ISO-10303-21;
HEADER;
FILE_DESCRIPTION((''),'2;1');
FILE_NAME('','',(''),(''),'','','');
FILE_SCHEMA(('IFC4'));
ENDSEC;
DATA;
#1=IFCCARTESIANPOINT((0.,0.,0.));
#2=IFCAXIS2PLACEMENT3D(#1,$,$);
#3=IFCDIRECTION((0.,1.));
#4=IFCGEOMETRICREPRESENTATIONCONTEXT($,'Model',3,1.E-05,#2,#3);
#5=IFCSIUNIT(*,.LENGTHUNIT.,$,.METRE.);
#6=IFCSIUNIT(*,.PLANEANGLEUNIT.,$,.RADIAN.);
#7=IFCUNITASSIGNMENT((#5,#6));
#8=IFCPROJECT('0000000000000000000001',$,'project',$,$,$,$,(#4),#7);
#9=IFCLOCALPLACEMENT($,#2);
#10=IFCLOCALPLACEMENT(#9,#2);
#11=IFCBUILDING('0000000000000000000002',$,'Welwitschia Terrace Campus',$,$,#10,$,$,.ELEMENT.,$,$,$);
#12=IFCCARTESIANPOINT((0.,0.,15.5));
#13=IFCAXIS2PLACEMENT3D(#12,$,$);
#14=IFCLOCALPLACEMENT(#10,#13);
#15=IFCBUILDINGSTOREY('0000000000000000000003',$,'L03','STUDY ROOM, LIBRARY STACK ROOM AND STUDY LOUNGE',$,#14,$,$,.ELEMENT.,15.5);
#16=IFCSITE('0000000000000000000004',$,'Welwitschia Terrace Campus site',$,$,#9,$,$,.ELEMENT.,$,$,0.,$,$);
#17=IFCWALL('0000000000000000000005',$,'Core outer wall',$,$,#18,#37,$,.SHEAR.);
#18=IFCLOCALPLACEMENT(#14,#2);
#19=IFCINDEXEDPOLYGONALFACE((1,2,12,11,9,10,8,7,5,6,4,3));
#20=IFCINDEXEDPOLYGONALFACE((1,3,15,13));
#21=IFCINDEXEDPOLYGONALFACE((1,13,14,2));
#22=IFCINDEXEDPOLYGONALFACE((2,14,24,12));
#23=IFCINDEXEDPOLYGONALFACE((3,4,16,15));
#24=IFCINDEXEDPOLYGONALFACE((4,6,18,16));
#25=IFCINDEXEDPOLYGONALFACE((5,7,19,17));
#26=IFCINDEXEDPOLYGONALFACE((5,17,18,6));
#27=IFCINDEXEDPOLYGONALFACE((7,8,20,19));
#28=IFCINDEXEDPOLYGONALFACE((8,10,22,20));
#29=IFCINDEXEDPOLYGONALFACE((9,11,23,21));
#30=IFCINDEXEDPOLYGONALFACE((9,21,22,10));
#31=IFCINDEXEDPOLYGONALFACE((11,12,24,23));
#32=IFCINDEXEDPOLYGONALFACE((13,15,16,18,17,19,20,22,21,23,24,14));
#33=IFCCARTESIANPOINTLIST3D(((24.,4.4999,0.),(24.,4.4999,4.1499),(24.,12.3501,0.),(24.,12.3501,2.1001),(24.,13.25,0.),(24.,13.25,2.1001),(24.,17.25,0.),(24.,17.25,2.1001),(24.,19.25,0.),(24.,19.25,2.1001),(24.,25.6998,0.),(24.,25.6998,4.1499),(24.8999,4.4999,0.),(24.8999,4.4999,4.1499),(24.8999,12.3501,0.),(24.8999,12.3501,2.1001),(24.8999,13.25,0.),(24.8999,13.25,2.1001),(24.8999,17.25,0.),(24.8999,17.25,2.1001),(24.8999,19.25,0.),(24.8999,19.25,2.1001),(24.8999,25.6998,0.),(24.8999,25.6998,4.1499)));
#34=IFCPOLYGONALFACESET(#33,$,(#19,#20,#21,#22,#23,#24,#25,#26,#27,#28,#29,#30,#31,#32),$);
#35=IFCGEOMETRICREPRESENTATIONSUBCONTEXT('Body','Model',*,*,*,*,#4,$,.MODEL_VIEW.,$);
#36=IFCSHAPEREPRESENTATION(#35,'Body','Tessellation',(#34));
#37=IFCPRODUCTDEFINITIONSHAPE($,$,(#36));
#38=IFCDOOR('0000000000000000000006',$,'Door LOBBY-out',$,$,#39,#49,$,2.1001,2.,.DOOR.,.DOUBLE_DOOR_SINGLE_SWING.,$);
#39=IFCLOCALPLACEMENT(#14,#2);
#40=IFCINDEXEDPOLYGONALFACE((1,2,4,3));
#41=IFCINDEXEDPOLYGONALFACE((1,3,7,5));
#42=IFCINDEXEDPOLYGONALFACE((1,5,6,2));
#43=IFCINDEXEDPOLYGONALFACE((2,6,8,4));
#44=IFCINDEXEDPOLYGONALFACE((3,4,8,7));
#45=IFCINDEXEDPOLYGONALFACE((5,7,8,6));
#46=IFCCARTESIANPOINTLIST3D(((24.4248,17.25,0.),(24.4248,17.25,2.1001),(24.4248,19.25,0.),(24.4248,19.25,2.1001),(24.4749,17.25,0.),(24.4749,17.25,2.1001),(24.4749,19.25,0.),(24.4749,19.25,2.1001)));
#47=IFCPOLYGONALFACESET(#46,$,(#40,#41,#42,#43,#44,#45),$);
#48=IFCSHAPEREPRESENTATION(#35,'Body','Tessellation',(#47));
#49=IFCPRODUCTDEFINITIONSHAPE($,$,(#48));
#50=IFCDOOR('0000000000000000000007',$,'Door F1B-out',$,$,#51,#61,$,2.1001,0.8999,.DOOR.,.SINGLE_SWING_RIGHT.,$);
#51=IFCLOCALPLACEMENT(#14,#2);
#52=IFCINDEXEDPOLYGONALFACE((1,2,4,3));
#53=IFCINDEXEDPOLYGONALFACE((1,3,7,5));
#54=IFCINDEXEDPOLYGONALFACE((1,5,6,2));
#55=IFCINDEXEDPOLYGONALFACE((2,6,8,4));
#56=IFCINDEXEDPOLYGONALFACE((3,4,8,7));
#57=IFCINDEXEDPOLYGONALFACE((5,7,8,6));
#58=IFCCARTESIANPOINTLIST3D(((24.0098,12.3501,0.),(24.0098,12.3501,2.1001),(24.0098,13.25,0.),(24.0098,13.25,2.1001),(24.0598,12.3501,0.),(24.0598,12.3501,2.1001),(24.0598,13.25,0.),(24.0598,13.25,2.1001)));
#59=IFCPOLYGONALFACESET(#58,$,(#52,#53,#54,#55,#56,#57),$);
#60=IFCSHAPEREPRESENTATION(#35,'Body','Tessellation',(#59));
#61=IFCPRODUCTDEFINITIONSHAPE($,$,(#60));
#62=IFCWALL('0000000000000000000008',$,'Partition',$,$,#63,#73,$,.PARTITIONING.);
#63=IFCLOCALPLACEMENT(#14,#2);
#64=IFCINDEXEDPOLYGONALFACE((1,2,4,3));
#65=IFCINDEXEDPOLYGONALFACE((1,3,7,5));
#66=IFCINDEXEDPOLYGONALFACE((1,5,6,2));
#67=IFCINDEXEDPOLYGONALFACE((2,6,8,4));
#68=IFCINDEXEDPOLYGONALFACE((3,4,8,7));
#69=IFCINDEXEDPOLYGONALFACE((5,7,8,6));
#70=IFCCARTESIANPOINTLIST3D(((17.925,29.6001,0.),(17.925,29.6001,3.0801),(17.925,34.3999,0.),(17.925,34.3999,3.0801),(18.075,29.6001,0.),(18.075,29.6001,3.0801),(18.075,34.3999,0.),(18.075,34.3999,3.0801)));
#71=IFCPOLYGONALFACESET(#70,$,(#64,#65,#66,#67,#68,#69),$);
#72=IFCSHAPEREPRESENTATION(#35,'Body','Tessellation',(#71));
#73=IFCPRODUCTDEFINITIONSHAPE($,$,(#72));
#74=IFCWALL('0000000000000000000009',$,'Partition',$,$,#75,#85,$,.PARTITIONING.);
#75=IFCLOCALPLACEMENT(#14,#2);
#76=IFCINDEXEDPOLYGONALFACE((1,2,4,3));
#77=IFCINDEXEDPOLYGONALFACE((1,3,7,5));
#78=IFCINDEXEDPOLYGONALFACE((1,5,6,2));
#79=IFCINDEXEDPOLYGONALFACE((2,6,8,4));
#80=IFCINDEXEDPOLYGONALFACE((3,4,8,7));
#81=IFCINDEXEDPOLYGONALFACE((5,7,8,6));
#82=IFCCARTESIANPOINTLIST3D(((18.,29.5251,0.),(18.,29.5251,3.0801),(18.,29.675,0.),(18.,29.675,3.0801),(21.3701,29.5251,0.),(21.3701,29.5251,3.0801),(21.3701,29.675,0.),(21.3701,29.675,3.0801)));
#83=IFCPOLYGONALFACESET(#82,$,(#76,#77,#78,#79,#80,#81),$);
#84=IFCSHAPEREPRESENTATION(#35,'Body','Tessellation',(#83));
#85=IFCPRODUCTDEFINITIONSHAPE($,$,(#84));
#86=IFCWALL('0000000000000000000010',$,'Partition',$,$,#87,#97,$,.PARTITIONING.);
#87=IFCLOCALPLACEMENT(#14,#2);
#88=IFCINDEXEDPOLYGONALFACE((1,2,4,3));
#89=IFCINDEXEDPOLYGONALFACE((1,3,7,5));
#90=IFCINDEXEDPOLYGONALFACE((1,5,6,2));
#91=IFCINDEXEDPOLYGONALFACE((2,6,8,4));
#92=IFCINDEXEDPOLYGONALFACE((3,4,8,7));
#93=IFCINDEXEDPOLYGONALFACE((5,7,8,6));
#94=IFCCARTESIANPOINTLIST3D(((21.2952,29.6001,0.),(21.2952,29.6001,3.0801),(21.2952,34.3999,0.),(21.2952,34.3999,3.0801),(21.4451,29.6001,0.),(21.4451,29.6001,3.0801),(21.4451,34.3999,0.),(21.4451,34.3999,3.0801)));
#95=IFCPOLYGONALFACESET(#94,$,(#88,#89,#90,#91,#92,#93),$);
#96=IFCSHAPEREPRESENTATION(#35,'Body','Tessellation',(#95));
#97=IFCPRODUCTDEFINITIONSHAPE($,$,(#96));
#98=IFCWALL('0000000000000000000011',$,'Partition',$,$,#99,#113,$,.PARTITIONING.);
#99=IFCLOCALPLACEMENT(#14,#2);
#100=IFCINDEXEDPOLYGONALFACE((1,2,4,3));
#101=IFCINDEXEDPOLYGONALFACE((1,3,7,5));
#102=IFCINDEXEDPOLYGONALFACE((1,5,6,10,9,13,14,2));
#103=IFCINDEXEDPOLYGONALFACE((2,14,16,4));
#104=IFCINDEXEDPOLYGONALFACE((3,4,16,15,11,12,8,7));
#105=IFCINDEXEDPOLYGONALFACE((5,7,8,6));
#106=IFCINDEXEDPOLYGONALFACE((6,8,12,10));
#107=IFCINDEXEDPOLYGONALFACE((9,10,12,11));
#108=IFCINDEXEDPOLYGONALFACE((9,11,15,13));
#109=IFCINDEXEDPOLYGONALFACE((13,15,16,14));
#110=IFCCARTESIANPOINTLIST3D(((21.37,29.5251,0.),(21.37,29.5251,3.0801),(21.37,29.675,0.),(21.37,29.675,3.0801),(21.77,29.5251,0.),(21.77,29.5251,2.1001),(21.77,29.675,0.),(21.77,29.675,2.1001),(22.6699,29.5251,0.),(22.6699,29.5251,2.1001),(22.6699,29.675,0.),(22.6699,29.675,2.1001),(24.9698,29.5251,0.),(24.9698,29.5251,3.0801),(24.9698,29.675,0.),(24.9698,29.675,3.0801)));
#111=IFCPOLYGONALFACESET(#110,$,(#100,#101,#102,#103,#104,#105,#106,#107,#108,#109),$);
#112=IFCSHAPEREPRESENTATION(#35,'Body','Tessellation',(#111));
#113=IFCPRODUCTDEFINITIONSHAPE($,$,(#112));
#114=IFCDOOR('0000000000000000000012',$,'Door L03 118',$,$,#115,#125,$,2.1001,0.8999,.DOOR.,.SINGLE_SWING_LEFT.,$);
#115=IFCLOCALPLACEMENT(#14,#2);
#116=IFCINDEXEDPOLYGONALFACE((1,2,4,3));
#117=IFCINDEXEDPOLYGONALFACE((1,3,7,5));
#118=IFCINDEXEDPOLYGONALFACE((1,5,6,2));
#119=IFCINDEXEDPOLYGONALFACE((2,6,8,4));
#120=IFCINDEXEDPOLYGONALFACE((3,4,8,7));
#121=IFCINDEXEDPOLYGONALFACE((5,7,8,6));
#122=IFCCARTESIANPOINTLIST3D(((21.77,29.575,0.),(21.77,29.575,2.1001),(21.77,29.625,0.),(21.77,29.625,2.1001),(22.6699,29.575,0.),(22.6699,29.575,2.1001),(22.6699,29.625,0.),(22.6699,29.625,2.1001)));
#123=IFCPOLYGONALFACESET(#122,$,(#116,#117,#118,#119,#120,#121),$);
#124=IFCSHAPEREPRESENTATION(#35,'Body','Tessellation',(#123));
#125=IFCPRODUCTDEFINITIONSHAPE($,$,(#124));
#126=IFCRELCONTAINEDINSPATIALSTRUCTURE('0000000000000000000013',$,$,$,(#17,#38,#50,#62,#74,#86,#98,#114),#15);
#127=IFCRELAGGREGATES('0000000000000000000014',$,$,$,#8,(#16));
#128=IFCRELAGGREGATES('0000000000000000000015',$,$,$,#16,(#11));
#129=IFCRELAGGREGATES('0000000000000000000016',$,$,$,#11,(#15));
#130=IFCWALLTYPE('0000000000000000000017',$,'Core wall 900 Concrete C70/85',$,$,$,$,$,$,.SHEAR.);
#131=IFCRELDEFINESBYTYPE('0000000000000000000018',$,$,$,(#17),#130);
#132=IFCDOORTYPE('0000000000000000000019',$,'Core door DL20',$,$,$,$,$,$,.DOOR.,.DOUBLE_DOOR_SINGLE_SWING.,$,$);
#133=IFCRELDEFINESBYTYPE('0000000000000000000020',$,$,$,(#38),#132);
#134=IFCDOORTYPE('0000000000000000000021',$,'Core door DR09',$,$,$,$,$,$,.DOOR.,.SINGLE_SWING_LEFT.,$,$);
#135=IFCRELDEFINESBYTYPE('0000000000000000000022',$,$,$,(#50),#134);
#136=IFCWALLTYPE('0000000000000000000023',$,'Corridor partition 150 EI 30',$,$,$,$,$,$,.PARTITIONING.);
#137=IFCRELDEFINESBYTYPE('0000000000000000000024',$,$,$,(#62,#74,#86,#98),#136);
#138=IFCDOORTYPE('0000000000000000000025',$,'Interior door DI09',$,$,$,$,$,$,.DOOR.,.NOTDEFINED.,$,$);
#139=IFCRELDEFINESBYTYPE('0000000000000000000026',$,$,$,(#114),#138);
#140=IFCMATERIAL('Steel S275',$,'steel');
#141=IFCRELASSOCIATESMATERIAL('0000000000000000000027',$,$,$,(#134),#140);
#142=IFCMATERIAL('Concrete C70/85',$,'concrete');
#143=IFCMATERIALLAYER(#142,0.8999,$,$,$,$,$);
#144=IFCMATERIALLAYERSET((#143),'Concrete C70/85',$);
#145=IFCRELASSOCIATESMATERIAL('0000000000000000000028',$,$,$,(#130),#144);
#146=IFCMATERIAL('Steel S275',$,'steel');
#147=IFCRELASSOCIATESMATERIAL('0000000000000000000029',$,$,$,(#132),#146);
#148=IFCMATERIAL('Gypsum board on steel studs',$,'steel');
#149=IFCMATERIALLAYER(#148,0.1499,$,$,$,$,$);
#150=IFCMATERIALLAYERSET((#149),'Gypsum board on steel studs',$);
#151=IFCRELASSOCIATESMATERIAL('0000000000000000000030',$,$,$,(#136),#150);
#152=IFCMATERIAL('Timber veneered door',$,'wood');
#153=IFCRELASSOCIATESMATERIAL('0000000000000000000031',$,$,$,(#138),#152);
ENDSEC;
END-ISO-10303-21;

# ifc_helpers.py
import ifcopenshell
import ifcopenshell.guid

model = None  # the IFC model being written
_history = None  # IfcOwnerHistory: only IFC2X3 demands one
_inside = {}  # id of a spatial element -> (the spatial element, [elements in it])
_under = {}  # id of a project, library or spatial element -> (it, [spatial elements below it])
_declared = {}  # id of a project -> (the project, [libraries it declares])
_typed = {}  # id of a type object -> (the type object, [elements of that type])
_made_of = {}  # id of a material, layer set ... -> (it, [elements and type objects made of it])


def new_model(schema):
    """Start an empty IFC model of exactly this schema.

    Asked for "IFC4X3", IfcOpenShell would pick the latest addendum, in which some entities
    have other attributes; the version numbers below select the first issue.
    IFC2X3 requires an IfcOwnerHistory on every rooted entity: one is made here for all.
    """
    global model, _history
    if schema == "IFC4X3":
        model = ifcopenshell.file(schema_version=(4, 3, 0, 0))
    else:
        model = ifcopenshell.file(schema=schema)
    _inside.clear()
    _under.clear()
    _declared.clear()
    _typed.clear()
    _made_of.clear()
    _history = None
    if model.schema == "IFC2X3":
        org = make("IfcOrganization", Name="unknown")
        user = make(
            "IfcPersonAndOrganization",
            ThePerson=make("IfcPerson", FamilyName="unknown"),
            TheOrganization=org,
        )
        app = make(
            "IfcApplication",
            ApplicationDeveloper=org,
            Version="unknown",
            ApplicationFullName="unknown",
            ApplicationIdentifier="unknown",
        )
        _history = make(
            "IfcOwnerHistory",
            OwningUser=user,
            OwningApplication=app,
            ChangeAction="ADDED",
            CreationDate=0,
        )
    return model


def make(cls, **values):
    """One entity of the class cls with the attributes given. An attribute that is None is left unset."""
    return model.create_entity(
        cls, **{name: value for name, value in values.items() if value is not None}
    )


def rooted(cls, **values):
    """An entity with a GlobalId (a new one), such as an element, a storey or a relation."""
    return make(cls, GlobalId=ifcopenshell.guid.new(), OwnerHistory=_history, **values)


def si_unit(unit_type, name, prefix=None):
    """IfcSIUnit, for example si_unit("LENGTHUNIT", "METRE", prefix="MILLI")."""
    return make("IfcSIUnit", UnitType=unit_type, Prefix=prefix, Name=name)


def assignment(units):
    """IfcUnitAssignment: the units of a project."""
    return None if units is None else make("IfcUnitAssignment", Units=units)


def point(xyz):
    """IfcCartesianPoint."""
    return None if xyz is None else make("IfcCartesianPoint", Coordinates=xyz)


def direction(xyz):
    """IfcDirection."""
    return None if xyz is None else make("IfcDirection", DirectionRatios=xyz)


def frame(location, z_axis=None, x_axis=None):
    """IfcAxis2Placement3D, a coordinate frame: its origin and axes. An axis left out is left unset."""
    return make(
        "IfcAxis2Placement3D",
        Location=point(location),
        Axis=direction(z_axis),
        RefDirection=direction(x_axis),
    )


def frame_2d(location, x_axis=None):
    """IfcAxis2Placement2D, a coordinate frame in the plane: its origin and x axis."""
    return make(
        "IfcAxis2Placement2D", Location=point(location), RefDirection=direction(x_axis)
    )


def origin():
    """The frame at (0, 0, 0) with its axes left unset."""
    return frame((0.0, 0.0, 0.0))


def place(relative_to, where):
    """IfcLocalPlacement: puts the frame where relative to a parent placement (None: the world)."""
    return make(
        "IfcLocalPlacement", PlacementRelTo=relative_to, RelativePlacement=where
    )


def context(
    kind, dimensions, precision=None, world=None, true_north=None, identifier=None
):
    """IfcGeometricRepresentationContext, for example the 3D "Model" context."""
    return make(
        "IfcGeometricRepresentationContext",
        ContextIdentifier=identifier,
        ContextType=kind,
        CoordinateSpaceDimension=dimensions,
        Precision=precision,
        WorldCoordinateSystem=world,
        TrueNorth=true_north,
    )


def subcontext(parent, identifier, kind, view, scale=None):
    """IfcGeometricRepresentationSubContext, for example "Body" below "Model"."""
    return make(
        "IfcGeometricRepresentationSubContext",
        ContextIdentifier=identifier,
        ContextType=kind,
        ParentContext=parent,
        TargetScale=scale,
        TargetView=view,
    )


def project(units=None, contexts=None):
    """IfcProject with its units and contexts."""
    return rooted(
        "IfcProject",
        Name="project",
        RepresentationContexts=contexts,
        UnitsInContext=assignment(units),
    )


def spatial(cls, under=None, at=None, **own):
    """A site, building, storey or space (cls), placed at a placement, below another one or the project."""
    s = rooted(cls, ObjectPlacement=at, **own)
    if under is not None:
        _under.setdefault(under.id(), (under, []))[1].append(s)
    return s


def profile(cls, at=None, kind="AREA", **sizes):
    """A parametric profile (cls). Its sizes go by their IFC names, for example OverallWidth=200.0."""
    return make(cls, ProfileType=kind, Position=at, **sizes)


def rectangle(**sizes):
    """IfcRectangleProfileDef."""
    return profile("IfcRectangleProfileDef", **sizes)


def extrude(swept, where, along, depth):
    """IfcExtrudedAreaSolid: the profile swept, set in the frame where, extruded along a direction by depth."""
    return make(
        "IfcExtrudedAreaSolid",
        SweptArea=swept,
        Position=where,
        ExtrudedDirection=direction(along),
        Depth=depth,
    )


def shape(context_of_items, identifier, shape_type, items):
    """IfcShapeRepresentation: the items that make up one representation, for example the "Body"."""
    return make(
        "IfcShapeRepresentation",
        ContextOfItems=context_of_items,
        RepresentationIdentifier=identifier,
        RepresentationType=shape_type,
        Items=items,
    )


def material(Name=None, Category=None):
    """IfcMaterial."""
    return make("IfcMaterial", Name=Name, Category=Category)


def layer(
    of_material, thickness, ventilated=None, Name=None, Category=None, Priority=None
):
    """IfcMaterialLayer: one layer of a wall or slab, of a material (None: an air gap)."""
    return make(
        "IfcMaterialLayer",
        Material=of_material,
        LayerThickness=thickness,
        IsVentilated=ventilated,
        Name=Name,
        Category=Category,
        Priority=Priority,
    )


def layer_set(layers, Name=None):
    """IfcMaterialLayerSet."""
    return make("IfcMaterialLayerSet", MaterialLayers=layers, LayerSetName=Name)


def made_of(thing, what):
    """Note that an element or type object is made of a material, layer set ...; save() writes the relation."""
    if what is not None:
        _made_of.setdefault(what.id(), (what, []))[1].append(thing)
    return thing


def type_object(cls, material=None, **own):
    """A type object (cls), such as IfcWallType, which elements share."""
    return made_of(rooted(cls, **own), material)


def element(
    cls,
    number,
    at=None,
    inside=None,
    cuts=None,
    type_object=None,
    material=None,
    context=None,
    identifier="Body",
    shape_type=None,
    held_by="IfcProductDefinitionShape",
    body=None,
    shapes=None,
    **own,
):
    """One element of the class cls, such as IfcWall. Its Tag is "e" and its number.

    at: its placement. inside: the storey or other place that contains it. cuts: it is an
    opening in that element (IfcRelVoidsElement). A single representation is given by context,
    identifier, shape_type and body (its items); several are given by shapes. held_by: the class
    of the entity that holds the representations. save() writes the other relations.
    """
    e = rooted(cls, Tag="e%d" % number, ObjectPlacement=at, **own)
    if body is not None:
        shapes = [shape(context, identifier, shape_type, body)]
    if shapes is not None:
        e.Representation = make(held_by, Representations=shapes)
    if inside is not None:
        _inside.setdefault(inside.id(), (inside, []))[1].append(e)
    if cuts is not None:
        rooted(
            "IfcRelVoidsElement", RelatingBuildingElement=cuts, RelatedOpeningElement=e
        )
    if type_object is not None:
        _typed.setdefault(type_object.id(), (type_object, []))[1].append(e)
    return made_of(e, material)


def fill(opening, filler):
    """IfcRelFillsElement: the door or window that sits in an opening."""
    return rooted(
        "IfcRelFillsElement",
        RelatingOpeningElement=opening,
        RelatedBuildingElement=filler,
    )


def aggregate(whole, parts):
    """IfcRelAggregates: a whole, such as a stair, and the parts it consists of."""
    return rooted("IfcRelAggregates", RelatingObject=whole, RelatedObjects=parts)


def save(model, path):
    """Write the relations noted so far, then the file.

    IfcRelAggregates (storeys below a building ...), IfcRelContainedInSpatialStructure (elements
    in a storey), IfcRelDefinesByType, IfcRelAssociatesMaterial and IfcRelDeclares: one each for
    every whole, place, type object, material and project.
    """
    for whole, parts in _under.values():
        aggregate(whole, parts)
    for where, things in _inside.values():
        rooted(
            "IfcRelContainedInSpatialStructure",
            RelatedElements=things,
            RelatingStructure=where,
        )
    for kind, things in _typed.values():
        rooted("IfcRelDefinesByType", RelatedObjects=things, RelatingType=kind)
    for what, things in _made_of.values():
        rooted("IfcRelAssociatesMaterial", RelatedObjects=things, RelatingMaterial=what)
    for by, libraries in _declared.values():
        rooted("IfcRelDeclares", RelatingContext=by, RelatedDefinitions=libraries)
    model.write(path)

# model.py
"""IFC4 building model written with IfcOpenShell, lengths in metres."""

from ifc_helpers import new_model, si_unit, direction, frame, frame_2d, origin, place, context, subcontext, project, spatial, rectangle, extrude, material, layer, layer_set, type_object, element, fill, save


model = new_model("IFC4")

# Units and contexts
model_context = context("Model", 3, precision=1e-05, world=origin(), true_north=direction((0.0, 1.0)))
body_context = subcontext(model_context, "Body", "Model", "MODEL_VIEW")
ifc_project = project(units=[si_unit("LENGTHUNIT", "METRE"), si_unit("PLANEANGLEUNIT", "RADIAN")], contexts=[model_context])

# Site, building, storey
site_placement = place(None, origin())
site = spatial("IfcSite", under=ifc_project, at=site_placement, Name="Welwitschia Terrace Campus site", CompositionType="ELEMENT", RefElevation=0.0)
building_placement = place(site_placement, origin())
building = spatial("IfcBuilding", under=site, at=building_placement, Name="Welwitschia Terrace Campus", CompositionType="ELEMENT")
storey_placement = place(building_placement, frame((0.0, 0.0, 15.5)))
storey = spatial("IfcBuildingStorey", under=building, at=storey_placement, Name="L03", Description="STUDY ROOM, LIBRARY STACK ROOM AND STUDY LOUNGE", CompositionType="ELEMENT", Elevation=15.5)

# Shared definitions
ifc_material_1 = material(Name="Steel S275", Category="steel")
door_type_1 = type_object("IfcDoorType", Name="Core door DR09", OperationType="SINGLE_SWING_LEFT", PredefinedType="DOOR", material=ifc_material_1)

# Wall, openings, doors
ifc_material_2 = material(Name="Concrete C70/85", Category="concrete")
ifc_layer_1 = layer(ifc_material_2, 0.8999)
ifc_layer_set_1 = layer_set([ifc_layer_1], Name="Concrete C70/85")
wall_type_1 = type_object("IfcWallType", Name="Core wall 900 Concrete C70/85", PredefinedType="SHEAR", material=ifc_layer_set_1)
wall_1_placement = place(storey_placement, frame((24.45, 25.7, 0.0), z_axis=(0.0, 0.0, 1.0), x_axis=(0.0, -1.0, 0.0)))
wall_1 = element("IfcWall", 1, at=wall_1_placement, inside=storey, type_object=wall_type_1, Name="Core outer wall", PredefinedType="SHEAR", context=body_context, shape_type="SweptSolid", body=[
    extrude(rectangle(XDim=21.2, YDim=0.8999, at=frame_2d((10.6001, 0.0))), origin(), (0.0, 0.0, 1.0), 4.1499),
])
opening_1_placement = place(wall_1_placement, frame((12.45, 0.0, 0.0)))
opening_1 = element("IfcOpeningElement", 2, at=opening_1_placement, cuts=wall_1, PredefinedType="OPENING", context=body_context, shape_type="SweptSolid", body=[
    extrude(rectangle(XDim=0.8999, YDim=2.1001, at=frame_2d((0.45, 1.05))), frame((0.0, 0.46, 0.0), z_axis=(0.0, -1.0, 0.0), x_axis=(1.0, 0.0, 0.0)), (0.0, 0.0, 1.0), 0.9199),
])
opening_2_placement = place(wall_1_placement, frame((6.45, 0.0, 0.0)))
opening_2 = element("IfcOpeningElement", 3, at=opening_2_placement, cuts=wall_1, PredefinedType="OPENING", context=body_context, shape_type="SweptSolid", body=[
    extrude(rectangle(XDim=2.0, YDim=2.1001, at=frame_2d((1.0, 1.05))), frame((0.0, 0.46, 0.0), z_axis=(0.0, -1.0, 0.0), x_axis=(1.0, 0.0, 0.0)), (0.0, 0.0, 1.0), 0.9199),
])
ifc_material_3 = material(Name="Steel S275", Category="steel")
door_type_2 = type_object("IfcDoorType", Name="Core door DL20", OperationType="DOUBLE_DOOR_SINGLE_SWING", PredefinedType="DOOR", material=ifc_material_3)
door_1_placement = place(opening_2_placement, origin())
door_1 = element("IfcDoor", 4, at=door_1_placement, inside=storey, type_object=door_type_2, Name="Door LOBBY-out", OperationType="DOUBLE_DOOR_SINGLE_SWING", OverallHeight=2.1001, OverallWidth=2.0, PredefinedType="DOOR", context=body_context, shape_type="SweptSolid", body=[
    extrude(rectangle(XDim=2.0, YDim=2.1001, at=frame_2d((1.0, 1.05))), frame((0.0, 0.0249, 0.0), z_axis=(0.0, -1.0, 0.0), x_axis=(1.0, 0.0, 0.0)), (0.0, 0.0, 1.0), 0.05),
])
fill(opening_2, door_1)
door_2_placement = place(opening_1_placement, origin())
door_2 = element("IfcDoor", 5, at=door_2_placement, inside=storey, type_object=door_type_1, Name="Door F1B-out", OperationType="SINGLE_SWING_RIGHT", OverallHeight=2.1001, OverallWidth=0.8999, PredefinedType="DOOR", context=body_context, shape_type="SweptSolid", body=[
    extrude(rectangle(XDim=0.8999, YDim=2.1001, at=frame_2d((0.45, 1.05))), frame((0.0, -0.3901, 0.0), z_axis=(0.0, -1.0, 0.0), x_axis=(1.0, 0.0, 0.0)), (0.0, 0.0, 1.0), 0.05),
])
fill(opening_1, door_2)

# Walls
ifc_material_4 = material(Name="Gypsum board on steel studs", Category="steel")
ifc_layer_2 = layer(ifc_material_4, 0.1499)
ifc_layer_set_2 = layer_set([ifc_layer_2], Name="Gypsum board on steel studs")
wall_type_2 = type_object("IfcWallType", Name="Corridor partition 150 EI 30", PredefinedType="PARTITIONING", material=ifc_layer_set_2)
wall_2_placement = place(storey_placement, frame((18.0, 29.6001, 0.0), z_axis=(0.0, 0.0, 1.0), x_axis=(0.0, 1.0, 0.0)))
element("IfcWall", 6, at=wall_2_placement, inside=storey, type_object=wall_type_2, Name="Partition", PredefinedType="PARTITIONING", context=body_context, shape_type="SweptSolid", body=[
    extrude(rectangle(XDim=4.7998, YDim=0.1499, at=frame_2d((2.3999, 0.0))), origin(), (0.0, 0.0, 1.0), 3.0801),
])
wall_3_placement = place(storey_placement, frame((18.0, 29.6001, 0.0), z_axis=(0.0, 0.0, 1.0), x_axis=(1.0, 0.0, 0.0)))
element("IfcWall", 7, at=wall_3_placement, inside=storey, type_object=wall_type_2, Name="Partition", PredefinedType="PARTITIONING", context=body_context, shape_type="SweptSolid", body=[
    extrude(rectangle(XDim=3.3701, YDim=0.1499, at=frame_2d((1.6851, 0.0))), origin(), (0.0, 0.0, 1.0), 3.0801),
])
wall_4_placement = place(storey_placement, frame((21.3701, 29.6001, 0.0), z_axis=(0.0, 0.0, 1.0), x_axis=(0.0, 1.0, 0.0)))
element("IfcWall", 8, at=wall_4_placement, inside=storey, type_object=wall_type_2, Name="Partition", PredefinedType="PARTITIONING", context=body_context, shape_type="SweptSolid", body=[
    extrude(rectangle(XDim=4.7998, YDim=0.1499, at=frame_2d((2.3999, 0.0))), origin(), (0.0, 0.0, 1.0), 3.0801),
])

# Wall, opening, door
wall_5_placement = place(storey_placement, frame((21.3701, 29.6001, 0.0), z_axis=(0.0, 0.0, 1.0), x_axis=(1.0, 0.0, 0.0)))
wall_5 = element("IfcWall", 9, at=wall_5_placement, inside=storey, type_object=wall_type_2, Name="Partition", PredefinedType="PARTITIONING", context=body_context, shape_type="SweptSolid", body=[
    extrude(rectangle(XDim=3.5999, YDim=0.1499, at=frame_2d((1.7998, 0.0))), origin(), (0.0, 0.0, 1.0), 3.0801),
])
opening_3_placement = place(wall_5_placement, frame((0.3999, 0.0, 0.0)))
opening_3 = element("IfcOpeningElement", 10, at=opening_3_placement, cuts=wall_5, PredefinedType="OPENING", context=body_context, shape_type="SweptSolid", body=[
    extrude(rectangle(XDim=0.8999, YDim=2.1001, at=frame_2d((0.45, 1.05))), frame((0.0, 0.085, 0.0), z_axis=(0.0, -1.0, 0.0), x_axis=(1.0, 0.0, 0.0)), (0.0, 0.0, 1.0), 0.1699),
])
ifc_material_5 = material(Name="Timber veneered door", Category="wood")
door_type_3 = type_object("IfcDoorType", Name="Interior door DI09", OperationType="NOTDEFINED", PredefinedType="DOOR", material=ifc_material_5)
door_3_placement = place(opening_3_placement, origin())
door_3 = element("IfcDoor", 11, at=door_3_placement, inside=storey, type_object=door_type_3, Name="Door L03 118", OperationType="SINGLE_SWING_LEFT", OverallHeight=2.1001, OverallWidth=0.8999, PredefinedType="DOOR", context=body_context, shape_type="SweptSolid", body=[
    extrude(rectangle(XDim=0.8999, YDim=2.1001, at=frame_2d((0.45, 1.05))), frame((0.0, 0.0249, 0.0), z_axis=(0.0, -1.0, 0.0), x_axis=(1.0, 0.0, 0.0)), (0.0, 0.0, 1.0), 0.05),
])
fill(opening_3, door_3)

save(model, "model.ifc")
